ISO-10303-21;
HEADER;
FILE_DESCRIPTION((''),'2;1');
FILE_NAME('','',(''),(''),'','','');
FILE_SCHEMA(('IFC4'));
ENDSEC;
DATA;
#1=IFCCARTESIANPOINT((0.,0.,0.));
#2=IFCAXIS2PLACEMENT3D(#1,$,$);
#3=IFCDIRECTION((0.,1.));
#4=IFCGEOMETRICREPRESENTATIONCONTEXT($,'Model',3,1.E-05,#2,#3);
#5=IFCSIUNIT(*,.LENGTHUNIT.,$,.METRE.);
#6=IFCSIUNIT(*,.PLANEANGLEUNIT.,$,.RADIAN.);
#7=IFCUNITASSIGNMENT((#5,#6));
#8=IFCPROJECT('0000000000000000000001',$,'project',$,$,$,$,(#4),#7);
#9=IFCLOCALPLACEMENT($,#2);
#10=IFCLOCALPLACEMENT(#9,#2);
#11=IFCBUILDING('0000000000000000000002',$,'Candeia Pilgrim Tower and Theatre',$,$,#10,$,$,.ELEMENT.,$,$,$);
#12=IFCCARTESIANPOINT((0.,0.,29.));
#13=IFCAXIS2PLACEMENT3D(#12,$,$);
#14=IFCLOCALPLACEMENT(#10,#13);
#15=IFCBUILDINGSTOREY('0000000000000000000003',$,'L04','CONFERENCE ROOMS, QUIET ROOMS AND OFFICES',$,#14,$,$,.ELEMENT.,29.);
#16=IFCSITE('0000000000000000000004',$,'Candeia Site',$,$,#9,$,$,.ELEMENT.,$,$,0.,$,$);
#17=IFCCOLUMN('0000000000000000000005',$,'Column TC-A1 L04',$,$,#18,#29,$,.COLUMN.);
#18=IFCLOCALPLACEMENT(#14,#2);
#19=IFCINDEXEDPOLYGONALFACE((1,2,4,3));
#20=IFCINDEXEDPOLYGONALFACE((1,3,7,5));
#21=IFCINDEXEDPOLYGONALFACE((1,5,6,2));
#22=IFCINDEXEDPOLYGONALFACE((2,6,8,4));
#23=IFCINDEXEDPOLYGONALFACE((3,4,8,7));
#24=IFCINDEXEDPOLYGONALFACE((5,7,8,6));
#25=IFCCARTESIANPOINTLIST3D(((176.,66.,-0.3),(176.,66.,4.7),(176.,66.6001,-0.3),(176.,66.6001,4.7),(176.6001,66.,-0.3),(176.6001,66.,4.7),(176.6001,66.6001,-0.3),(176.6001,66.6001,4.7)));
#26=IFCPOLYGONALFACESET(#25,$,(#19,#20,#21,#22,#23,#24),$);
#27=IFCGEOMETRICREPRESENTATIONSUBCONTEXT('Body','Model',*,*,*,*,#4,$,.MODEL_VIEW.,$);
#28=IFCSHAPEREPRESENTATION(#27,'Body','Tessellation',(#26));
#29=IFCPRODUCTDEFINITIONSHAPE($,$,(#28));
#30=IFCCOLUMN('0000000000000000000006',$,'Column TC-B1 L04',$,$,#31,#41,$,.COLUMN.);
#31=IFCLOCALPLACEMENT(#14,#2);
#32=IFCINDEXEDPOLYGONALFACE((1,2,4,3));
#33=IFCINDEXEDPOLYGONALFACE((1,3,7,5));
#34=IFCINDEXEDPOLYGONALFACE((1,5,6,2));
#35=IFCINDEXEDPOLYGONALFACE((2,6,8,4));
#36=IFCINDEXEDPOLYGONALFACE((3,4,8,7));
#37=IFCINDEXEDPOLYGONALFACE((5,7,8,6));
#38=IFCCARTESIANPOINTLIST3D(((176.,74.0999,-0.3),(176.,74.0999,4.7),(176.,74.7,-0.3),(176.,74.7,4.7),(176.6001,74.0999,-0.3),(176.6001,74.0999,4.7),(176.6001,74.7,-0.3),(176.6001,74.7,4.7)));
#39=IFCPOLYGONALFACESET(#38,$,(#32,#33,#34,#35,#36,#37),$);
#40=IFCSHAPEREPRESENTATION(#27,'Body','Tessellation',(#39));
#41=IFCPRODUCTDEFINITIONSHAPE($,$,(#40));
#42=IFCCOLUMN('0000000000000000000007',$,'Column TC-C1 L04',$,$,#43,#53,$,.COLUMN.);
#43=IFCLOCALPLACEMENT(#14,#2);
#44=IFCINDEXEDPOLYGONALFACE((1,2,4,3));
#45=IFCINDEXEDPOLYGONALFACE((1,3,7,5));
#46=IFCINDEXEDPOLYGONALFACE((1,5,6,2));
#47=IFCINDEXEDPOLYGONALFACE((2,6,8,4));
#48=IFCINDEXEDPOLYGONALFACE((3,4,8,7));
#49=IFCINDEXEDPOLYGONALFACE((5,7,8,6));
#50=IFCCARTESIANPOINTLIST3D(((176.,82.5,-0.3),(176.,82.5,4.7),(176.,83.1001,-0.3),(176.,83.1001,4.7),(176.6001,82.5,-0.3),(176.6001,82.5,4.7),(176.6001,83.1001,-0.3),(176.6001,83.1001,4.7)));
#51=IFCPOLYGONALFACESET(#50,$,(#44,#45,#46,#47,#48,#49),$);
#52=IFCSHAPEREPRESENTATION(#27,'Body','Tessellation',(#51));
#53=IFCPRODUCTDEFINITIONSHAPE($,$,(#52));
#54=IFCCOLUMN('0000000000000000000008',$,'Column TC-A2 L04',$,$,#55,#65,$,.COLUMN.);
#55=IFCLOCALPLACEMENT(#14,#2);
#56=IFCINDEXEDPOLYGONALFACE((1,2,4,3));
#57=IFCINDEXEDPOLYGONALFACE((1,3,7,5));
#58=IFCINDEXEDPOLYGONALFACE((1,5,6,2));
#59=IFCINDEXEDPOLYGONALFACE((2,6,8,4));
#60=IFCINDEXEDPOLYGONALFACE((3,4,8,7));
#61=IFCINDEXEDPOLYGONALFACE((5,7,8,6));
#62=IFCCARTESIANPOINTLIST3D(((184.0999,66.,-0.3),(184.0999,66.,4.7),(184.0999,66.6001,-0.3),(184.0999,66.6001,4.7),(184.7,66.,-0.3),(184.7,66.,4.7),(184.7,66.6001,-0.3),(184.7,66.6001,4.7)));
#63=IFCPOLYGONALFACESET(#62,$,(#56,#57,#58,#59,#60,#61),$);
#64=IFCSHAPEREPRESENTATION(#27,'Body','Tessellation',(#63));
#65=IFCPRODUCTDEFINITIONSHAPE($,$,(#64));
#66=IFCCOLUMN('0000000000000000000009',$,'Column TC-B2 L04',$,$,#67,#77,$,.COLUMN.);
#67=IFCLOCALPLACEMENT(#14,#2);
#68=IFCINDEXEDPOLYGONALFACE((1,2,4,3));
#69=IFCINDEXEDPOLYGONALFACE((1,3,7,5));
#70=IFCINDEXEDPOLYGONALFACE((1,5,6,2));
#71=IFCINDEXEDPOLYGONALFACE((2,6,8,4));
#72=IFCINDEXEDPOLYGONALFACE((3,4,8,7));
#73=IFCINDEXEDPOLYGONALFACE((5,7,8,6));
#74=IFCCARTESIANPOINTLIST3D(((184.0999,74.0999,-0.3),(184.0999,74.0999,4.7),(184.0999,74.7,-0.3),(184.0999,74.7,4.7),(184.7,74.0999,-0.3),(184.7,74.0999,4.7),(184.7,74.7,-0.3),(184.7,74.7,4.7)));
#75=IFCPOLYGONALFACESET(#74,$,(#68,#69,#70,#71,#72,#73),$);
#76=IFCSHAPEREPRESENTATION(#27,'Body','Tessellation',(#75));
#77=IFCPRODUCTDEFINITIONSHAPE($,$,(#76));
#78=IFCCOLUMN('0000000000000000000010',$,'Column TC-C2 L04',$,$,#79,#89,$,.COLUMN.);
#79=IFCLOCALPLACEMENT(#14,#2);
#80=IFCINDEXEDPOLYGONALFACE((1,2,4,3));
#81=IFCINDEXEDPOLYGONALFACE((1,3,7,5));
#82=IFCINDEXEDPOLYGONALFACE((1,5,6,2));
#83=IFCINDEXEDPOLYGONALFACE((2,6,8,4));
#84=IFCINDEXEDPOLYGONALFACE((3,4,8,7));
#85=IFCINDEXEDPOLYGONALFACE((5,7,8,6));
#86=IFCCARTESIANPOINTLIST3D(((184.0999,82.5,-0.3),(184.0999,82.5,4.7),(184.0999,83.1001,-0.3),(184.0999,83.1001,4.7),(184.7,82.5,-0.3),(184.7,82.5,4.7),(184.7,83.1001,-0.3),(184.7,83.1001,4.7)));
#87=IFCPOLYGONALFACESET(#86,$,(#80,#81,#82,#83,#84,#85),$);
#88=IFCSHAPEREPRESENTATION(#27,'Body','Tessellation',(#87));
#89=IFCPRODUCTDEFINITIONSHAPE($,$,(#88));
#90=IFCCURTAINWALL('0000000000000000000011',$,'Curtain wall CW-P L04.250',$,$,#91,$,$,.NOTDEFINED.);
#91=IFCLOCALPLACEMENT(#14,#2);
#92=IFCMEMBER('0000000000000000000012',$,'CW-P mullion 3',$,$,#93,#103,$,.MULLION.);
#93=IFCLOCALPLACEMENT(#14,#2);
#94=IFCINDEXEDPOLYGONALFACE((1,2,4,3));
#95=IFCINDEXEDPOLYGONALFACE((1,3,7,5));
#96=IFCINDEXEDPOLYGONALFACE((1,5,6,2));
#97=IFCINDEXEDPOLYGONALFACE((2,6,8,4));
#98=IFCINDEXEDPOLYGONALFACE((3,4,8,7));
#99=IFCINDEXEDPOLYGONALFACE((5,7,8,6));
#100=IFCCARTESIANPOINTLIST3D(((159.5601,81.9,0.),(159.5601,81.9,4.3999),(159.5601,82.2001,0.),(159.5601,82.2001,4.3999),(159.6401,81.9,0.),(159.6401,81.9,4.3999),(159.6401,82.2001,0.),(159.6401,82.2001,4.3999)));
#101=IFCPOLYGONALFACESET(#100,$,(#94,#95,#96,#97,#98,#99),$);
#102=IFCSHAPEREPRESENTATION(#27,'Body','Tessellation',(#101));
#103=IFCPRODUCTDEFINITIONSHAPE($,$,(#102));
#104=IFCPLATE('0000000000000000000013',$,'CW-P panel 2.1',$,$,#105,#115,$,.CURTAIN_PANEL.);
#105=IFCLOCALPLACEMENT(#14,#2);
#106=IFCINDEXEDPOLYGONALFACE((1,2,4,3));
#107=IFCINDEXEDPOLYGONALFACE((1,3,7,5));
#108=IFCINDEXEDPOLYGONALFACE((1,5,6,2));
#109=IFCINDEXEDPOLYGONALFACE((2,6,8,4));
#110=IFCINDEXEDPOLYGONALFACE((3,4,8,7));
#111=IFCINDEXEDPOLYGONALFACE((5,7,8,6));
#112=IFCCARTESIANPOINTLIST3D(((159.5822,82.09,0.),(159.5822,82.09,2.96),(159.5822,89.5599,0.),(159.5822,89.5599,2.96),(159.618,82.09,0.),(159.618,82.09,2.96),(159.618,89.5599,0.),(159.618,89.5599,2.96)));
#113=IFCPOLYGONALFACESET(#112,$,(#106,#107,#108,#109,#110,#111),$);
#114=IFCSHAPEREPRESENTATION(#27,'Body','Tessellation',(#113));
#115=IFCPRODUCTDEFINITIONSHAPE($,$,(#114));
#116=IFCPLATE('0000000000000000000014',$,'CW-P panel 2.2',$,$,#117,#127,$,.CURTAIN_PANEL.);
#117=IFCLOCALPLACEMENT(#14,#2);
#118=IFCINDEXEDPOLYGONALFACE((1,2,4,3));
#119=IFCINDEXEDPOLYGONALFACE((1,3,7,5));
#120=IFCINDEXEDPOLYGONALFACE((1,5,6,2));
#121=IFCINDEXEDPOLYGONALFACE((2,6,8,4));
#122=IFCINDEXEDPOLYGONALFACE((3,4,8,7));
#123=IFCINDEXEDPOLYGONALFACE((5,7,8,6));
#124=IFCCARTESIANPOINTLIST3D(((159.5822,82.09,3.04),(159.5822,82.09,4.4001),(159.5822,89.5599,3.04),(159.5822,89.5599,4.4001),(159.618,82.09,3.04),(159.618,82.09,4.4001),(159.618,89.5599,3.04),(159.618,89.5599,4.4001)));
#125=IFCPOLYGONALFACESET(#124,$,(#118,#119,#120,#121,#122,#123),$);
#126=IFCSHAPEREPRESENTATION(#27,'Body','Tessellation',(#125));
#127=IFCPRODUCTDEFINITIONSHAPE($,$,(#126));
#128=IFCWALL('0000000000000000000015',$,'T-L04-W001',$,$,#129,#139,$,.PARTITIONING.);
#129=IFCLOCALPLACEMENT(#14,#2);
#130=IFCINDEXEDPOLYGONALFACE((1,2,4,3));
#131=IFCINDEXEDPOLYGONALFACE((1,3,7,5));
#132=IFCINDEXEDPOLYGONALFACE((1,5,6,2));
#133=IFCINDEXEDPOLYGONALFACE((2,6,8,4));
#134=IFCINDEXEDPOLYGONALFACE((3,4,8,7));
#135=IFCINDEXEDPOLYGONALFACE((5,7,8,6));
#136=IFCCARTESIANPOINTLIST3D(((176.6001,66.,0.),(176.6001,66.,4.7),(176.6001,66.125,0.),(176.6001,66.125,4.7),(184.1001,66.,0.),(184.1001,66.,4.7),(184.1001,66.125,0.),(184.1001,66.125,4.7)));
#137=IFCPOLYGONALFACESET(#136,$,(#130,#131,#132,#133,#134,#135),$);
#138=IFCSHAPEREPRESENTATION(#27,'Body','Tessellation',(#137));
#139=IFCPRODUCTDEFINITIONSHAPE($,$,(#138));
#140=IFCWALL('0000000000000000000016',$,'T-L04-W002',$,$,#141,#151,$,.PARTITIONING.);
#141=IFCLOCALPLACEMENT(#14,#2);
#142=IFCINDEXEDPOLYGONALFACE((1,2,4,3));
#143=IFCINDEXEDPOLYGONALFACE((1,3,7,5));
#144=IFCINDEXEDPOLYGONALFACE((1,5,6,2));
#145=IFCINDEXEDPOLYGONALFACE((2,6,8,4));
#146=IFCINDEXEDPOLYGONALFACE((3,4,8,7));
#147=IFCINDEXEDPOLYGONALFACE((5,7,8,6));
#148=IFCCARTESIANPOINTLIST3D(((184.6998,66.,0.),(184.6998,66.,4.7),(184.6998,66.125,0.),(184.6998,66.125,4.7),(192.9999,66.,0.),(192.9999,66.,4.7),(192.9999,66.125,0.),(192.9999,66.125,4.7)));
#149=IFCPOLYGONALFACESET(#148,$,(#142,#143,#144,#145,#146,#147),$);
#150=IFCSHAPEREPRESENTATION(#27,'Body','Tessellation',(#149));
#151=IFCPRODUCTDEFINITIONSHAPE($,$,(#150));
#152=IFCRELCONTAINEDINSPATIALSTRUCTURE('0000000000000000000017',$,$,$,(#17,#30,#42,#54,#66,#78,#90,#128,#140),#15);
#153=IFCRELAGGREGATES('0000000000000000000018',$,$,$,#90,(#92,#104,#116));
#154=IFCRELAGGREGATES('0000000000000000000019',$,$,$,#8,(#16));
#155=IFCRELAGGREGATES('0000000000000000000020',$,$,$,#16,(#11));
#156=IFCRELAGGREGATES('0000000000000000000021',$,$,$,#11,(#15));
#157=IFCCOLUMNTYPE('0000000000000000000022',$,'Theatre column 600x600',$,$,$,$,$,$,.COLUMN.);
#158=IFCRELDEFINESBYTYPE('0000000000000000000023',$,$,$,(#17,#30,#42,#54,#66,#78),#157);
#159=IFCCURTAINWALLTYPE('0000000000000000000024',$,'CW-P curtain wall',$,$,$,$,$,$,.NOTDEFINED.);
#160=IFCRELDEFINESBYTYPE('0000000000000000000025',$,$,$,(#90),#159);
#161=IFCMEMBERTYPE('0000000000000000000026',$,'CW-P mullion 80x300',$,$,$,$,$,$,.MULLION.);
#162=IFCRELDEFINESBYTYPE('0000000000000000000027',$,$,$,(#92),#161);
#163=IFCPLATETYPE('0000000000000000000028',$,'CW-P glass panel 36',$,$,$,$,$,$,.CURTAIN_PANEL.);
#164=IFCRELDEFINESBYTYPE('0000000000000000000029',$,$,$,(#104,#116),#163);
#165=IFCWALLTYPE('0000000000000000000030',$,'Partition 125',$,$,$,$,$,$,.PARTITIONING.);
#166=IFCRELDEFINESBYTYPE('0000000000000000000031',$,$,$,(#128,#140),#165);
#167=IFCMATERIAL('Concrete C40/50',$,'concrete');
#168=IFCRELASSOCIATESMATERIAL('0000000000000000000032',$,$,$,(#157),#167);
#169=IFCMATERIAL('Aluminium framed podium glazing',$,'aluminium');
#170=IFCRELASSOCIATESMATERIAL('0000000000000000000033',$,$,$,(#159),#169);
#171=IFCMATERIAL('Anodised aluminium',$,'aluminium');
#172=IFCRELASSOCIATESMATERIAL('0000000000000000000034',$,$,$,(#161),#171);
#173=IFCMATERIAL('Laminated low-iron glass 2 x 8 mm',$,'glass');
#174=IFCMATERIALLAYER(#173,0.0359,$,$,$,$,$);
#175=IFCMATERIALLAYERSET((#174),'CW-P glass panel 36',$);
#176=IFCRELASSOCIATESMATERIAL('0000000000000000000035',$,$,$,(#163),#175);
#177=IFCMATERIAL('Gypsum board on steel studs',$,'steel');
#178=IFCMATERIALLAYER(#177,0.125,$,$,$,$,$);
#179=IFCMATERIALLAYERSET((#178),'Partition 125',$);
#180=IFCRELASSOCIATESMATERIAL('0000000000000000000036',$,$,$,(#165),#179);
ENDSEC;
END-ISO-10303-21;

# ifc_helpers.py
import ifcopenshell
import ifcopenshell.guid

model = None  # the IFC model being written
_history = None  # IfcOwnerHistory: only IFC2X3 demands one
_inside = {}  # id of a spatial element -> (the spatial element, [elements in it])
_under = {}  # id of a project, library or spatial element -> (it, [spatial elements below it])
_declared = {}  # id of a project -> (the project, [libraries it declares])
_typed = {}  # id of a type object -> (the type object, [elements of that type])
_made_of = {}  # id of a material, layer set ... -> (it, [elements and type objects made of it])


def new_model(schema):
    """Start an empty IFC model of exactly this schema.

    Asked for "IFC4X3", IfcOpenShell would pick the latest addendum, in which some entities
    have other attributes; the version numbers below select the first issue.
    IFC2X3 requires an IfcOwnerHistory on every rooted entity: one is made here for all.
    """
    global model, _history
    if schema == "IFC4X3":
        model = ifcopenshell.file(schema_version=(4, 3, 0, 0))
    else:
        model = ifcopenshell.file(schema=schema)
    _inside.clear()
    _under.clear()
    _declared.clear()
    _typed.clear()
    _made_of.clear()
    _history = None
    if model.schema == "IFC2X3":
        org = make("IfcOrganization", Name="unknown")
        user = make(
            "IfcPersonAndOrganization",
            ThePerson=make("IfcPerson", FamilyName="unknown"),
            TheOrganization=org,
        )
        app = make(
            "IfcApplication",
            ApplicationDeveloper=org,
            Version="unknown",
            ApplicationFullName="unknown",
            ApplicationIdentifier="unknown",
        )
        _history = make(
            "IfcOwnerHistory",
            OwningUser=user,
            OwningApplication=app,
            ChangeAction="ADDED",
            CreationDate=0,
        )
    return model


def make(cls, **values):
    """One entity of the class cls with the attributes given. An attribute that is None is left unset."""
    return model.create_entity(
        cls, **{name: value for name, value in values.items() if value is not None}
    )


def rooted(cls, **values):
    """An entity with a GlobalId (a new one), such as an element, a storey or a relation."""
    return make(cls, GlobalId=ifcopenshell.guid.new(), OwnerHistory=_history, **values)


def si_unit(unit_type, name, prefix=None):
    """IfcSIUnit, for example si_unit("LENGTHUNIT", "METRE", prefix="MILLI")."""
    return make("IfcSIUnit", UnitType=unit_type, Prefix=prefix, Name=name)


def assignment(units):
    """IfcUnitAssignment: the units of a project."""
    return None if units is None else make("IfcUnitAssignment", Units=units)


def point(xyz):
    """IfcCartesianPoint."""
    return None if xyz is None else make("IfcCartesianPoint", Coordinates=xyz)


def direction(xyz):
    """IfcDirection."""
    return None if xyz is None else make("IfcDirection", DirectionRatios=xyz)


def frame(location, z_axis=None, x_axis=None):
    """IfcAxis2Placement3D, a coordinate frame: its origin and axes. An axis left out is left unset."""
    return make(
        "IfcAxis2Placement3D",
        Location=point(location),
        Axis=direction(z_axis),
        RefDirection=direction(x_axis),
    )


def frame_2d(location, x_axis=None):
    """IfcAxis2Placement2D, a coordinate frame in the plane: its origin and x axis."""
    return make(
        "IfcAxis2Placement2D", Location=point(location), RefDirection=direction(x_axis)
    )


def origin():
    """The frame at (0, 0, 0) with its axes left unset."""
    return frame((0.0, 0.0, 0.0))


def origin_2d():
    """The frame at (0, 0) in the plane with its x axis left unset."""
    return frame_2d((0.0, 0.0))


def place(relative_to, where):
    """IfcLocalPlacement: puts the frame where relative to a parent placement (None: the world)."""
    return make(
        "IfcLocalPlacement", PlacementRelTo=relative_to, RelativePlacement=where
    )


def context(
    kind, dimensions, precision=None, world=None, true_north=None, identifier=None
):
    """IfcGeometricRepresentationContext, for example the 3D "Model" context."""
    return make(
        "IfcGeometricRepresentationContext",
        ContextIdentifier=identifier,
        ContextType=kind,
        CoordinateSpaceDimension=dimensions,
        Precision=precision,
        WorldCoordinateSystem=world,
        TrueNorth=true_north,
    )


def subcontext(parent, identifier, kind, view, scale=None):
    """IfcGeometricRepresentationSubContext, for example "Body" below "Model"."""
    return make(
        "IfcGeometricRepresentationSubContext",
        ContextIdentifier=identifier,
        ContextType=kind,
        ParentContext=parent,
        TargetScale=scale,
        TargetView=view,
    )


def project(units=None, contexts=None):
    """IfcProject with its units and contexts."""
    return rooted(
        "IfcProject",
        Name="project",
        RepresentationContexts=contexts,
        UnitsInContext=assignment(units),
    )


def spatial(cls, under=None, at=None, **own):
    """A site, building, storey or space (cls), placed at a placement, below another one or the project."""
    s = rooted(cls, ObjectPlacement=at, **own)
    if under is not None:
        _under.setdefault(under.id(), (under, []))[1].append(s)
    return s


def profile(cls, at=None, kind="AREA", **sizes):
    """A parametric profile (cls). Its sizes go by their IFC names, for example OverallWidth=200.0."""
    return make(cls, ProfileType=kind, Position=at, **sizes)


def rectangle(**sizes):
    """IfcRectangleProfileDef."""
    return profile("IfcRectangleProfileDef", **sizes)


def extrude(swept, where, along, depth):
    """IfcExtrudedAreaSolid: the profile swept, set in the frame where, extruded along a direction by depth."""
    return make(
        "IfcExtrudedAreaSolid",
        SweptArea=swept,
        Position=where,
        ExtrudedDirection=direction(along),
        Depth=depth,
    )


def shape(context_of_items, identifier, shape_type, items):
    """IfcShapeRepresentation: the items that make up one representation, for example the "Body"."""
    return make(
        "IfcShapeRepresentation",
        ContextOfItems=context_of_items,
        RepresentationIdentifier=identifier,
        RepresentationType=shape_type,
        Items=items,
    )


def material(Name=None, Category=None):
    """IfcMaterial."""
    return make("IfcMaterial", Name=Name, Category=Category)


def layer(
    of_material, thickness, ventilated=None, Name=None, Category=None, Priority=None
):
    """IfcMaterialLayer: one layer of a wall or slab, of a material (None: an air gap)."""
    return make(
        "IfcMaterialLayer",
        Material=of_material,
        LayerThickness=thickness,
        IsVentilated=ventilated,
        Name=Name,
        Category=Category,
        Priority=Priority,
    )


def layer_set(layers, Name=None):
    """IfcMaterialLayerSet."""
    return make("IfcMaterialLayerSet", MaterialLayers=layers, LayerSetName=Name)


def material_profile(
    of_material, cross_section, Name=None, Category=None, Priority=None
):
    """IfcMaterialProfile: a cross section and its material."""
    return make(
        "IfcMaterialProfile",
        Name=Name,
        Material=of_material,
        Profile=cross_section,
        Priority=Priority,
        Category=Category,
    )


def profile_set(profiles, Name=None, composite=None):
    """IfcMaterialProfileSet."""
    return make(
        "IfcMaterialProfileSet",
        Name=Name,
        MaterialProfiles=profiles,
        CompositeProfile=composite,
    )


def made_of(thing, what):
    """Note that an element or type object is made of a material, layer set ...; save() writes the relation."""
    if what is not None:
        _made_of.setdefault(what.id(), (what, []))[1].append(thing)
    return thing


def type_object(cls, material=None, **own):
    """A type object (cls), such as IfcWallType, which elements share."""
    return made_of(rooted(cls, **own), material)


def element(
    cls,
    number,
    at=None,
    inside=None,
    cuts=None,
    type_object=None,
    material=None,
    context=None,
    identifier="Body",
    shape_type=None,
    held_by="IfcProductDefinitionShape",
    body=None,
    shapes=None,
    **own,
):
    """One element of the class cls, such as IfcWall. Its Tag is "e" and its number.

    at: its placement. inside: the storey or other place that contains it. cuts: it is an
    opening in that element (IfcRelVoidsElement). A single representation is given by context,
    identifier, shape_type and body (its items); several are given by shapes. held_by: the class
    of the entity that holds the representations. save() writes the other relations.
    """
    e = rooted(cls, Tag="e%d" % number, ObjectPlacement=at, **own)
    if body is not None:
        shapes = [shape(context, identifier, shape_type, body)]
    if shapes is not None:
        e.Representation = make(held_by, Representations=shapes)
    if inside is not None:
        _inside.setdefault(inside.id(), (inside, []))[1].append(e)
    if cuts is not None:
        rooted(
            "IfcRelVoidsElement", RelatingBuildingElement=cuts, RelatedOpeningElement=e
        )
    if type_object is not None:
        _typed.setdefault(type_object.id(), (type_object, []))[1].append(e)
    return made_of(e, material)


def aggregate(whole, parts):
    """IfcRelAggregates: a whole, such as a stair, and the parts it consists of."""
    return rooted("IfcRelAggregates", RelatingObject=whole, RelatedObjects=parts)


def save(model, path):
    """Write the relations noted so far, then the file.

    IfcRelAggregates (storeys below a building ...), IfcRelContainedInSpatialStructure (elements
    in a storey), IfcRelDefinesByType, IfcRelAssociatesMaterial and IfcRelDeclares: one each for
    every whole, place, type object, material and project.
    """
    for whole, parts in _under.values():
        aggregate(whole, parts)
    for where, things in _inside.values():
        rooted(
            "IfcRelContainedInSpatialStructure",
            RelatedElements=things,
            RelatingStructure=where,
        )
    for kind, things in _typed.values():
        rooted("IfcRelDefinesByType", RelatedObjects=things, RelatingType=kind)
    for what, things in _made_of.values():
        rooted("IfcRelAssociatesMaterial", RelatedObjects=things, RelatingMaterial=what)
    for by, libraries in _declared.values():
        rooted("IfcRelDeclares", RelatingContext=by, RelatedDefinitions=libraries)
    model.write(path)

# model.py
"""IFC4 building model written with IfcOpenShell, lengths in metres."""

from ifc_helpers import new_model, si_unit, direction, frame, frame_2d, origin, origin_2d, place, context, subcontext, project, spatial, rectangle, extrude, material, layer, layer_set, material_profile, profile_set, type_object, element, aggregate, save


model = new_model("IFC4")

# Units and contexts
model_context = context("Model", 3, precision=1e-05, world=origin(), true_north=direction((0.0, 1.0)))
body_context = subcontext(model_context, "Body", "Model", "MODEL_VIEW")
ifc_project = project(units=[si_unit("LENGTHUNIT", "METRE"), si_unit("PLANEANGLEUNIT", "RADIAN")], contexts=[model_context])

# Site, building, storey
site_placement = place(None, origin())
site = spatial("IfcSite", under=ifc_project, at=site_placement, Name="Candeia Site", CompositionType="ELEMENT", RefElevation=0.0)
building_placement = place(site_placement, origin())
building = spatial("IfcBuilding", under=site, at=building_placement, Name="Candeia Pilgrim Tower and Theatre", CompositionType="ELEMENT")
storey_placement = place(building_placement, frame((0.0, 0.0, 29.0)))
storey = spatial("IfcBuildingStorey", under=building, at=storey_placement, Name="L04", Description="CONFERENCE ROOMS, QUIET ROOMS AND OFFICES", CompositionType="ELEMENT", Elevation=29.0)

# Columns
ifc_material_1 = material(Name="Concrete C40/50", Category="concrete")
ifc_material_profile_1 = material_profile(ifc_material_1, rectangle(XDim=0.6001, YDim=0.6001, at=origin_2d()))
ifc_profile_set_1 = profile_set([ifc_material_profile_1], Name="Concrete C40/50")
column_type = type_object("IfcColumnType", Name="Theatre column 600x600", PredefinedType="COLUMN", material=ifc_profile_set_1)
for number, where, z_axis, x_axis, name in (
    (1, (176.3, 66.3, -0.3), (0.0, 0.0, 1.0), (1.0, 0.0, 0.0), "Column TC-A1 L04"),
    (2, (176.3, 74.3999, -0.3), (0.0, 0.0, 1.0), (1.0, 0.0, 0.0), "Column TC-B1 L04"),
    (3, (176.3, 82.8, -0.3), (0.0, 0.0, 1.0), (1.0, 0.0, 0.0), "Column TC-C1 L04"),
    (4, (184.3999, 66.3, -0.3), (0.0, 0.0, 1.0), (1.0, 0.0, 0.0), "Column TC-A2 L04"),
    (5, (184.3999, 74.3999, -0.3), (0.0, 0.0, 1.0), (1.0, 0.0, 0.0), "Column TC-B2 L04"),
    (6, (184.3999, 82.8, -0.3), (0.0, 0.0, 1.0), (1.0, 0.0, 0.0), "Column TC-C2 L04"),
):
    element("IfcColumn", number, at=place(storey_placement, frame(where, z_axis=z_axis, x_axis=x_axis)), inside=storey, type_object=column_type, Name=name, PredefinedType="COLUMN", context=body_context, shape_type="SweptSolid", body=[
        extrude(rectangle(XDim=0.6001, YDim=0.6001, at=origin_2d()), origin(), (0.0, 0.0, 1.0), 5.0),
    ])

# Curtain wall, member, plates
ifc_material_2 = material(Name="Aluminium framed podium glazing", Category="aluminium")
curtain_wall_type = type_object("IfcCurtainWallType", Name="CW-P curtain wall", PredefinedType="NOTDEFINED", material=ifc_material_2)
curtain_wall_placement = place(storey_placement, origin())
curtain_wall = element("IfcCurtainWall", 7, at=curtain_wall_placement, inside=storey, type_object=curtain_wall_type, Name="Curtain wall CW-P L04.250", PredefinedType="NOTDEFINED")
ifc_material_3 = material(Name="Anodised aluminium", Category="aluminium")
ifc_material_profile_2 = material_profile(ifc_material_3, rectangle(XDim=0.0801, YDim=0.3, at=origin_2d()))
ifc_profile_set_2 = profile_set([ifc_material_profile_2], Name="Anodised aluminium")
member_type = type_object("IfcMemberType", Name="CW-P mullion 80x300", PredefinedType="MULLION", material=ifc_profile_set_2)
member_placement = place(storey_placement, frame((159.6001, 82.05, 0.0), z_axis=(0.0, 0.0, 1.0), x_axis=(1.0, 0.0, 0.0)))
member = element("IfcMember", 8, at=member_placement, type_object=member_type, Name="CW-P mullion 3", PredefinedType="MULLION", context=body_context, shape_type="SweptSolid", body=[
    extrude(rectangle(XDim=0.0801, YDim=0.3, at=origin_2d()), origin(), (0.0, 0.0, 1.0), 4.3999),
])
ifc_material_4 = material(Name="Laminated low-iron glass 2 x 8 mm", Category="glass")
ifc_layer_1 = layer(ifc_material_4, 0.0359)
ifc_layer_set_1 = layer_set([ifc_layer_1], Name="CW-P glass panel 36")
plate_type = type_object("IfcPlateType", Name="CW-P glass panel 36", PredefinedType="CURTAIN_PANEL", material=ifc_layer_set_1)
plate_1_placement = place(storey_placement, frame((159.6001, 85.825, 0.0), z_axis=(0.0, 0.0, 1.0), x_axis=(0.0, -1.0, 0.0)))
plate_1 = element("IfcPlate", 9, at=plate_1_placement, type_object=plate_type, Name="CW-P panel 2.1", PredefinedType="CURTAIN_PANEL", context=body_context, shape_type="SweptSolid", body=[
    extrude(rectangle(XDim=7.47, YDim=0.0359, at=origin_2d()), origin(), (0.0, 0.0, 1.0), 2.96),
])
plate_2_placement = place(storey_placement, frame((159.6001, 85.825, 3.04), z_axis=(0.0, 0.0, 1.0), x_axis=(0.0, -1.0, 0.0)))
plate_2 = element("IfcPlate", 10, at=plate_2_placement, type_object=plate_type, Name="CW-P panel 2.2", PredefinedType="CURTAIN_PANEL", context=body_context, shape_type="SweptSolid", body=[
    extrude(rectangle(XDim=7.47, YDim=0.0359, at=origin_2d()), origin(), (0.0, 0.0, 1.0), 1.3601),
])
aggregate(curtain_wall, [member, plate_1, plate_2])

# Walls
ifc_material_5 = material(Name="Gypsum board on steel studs", Category="steel")
ifc_layer_2 = layer(ifc_material_5, 0.125)
ifc_layer_set_2 = layer_set([ifc_layer_2], Name="Partition 125")
wall_type = type_object("IfcWallType", Name="Partition 125", PredefinedType="PARTITIONING", material=ifc_layer_set_2)
wall_1_placement = place(storey_placement, frame((176.6001, 66.0625, 0.0), z_axis=(0.0, 0.0, 1.0), x_axis=(1.0, 0.0, 0.0)))
element("IfcWall", 11, at=wall_1_placement, inside=storey, type_object=wall_type, Name="T-L04-W001", PredefinedType="PARTITIONING", context=body_context, shape_type="SweptSolid", body=[
    extrude(rectangle(XDim=7.5, YDim=0.125, at=frame_2d((3.75, 0.0))), origin(), (0.0, 0.0, 1.0), 4.7),
])
wall_2_placement = place(storey_placement, frame((184.7, 66.0625, 0.0), z_axis=(0.0, 0.0, 1.0), x_axis=(1.0, 0.0, 0.0)))
element("IfcWall", 12, at=wall_2_placement, inside=storey, type_object=wall_type, Name="T-L04-W002", PredefinedType="PARTITIONING", context=body_context, shape_type="SweptSolid", body=[
    extrude(rectangle(XDim=8.3, YDim=0.125, at=frame_2d((4.1499, 0.0))), origin(), (0.0, 0.0, 1.0), 4.7),
])

save(model, "model.ifc")
